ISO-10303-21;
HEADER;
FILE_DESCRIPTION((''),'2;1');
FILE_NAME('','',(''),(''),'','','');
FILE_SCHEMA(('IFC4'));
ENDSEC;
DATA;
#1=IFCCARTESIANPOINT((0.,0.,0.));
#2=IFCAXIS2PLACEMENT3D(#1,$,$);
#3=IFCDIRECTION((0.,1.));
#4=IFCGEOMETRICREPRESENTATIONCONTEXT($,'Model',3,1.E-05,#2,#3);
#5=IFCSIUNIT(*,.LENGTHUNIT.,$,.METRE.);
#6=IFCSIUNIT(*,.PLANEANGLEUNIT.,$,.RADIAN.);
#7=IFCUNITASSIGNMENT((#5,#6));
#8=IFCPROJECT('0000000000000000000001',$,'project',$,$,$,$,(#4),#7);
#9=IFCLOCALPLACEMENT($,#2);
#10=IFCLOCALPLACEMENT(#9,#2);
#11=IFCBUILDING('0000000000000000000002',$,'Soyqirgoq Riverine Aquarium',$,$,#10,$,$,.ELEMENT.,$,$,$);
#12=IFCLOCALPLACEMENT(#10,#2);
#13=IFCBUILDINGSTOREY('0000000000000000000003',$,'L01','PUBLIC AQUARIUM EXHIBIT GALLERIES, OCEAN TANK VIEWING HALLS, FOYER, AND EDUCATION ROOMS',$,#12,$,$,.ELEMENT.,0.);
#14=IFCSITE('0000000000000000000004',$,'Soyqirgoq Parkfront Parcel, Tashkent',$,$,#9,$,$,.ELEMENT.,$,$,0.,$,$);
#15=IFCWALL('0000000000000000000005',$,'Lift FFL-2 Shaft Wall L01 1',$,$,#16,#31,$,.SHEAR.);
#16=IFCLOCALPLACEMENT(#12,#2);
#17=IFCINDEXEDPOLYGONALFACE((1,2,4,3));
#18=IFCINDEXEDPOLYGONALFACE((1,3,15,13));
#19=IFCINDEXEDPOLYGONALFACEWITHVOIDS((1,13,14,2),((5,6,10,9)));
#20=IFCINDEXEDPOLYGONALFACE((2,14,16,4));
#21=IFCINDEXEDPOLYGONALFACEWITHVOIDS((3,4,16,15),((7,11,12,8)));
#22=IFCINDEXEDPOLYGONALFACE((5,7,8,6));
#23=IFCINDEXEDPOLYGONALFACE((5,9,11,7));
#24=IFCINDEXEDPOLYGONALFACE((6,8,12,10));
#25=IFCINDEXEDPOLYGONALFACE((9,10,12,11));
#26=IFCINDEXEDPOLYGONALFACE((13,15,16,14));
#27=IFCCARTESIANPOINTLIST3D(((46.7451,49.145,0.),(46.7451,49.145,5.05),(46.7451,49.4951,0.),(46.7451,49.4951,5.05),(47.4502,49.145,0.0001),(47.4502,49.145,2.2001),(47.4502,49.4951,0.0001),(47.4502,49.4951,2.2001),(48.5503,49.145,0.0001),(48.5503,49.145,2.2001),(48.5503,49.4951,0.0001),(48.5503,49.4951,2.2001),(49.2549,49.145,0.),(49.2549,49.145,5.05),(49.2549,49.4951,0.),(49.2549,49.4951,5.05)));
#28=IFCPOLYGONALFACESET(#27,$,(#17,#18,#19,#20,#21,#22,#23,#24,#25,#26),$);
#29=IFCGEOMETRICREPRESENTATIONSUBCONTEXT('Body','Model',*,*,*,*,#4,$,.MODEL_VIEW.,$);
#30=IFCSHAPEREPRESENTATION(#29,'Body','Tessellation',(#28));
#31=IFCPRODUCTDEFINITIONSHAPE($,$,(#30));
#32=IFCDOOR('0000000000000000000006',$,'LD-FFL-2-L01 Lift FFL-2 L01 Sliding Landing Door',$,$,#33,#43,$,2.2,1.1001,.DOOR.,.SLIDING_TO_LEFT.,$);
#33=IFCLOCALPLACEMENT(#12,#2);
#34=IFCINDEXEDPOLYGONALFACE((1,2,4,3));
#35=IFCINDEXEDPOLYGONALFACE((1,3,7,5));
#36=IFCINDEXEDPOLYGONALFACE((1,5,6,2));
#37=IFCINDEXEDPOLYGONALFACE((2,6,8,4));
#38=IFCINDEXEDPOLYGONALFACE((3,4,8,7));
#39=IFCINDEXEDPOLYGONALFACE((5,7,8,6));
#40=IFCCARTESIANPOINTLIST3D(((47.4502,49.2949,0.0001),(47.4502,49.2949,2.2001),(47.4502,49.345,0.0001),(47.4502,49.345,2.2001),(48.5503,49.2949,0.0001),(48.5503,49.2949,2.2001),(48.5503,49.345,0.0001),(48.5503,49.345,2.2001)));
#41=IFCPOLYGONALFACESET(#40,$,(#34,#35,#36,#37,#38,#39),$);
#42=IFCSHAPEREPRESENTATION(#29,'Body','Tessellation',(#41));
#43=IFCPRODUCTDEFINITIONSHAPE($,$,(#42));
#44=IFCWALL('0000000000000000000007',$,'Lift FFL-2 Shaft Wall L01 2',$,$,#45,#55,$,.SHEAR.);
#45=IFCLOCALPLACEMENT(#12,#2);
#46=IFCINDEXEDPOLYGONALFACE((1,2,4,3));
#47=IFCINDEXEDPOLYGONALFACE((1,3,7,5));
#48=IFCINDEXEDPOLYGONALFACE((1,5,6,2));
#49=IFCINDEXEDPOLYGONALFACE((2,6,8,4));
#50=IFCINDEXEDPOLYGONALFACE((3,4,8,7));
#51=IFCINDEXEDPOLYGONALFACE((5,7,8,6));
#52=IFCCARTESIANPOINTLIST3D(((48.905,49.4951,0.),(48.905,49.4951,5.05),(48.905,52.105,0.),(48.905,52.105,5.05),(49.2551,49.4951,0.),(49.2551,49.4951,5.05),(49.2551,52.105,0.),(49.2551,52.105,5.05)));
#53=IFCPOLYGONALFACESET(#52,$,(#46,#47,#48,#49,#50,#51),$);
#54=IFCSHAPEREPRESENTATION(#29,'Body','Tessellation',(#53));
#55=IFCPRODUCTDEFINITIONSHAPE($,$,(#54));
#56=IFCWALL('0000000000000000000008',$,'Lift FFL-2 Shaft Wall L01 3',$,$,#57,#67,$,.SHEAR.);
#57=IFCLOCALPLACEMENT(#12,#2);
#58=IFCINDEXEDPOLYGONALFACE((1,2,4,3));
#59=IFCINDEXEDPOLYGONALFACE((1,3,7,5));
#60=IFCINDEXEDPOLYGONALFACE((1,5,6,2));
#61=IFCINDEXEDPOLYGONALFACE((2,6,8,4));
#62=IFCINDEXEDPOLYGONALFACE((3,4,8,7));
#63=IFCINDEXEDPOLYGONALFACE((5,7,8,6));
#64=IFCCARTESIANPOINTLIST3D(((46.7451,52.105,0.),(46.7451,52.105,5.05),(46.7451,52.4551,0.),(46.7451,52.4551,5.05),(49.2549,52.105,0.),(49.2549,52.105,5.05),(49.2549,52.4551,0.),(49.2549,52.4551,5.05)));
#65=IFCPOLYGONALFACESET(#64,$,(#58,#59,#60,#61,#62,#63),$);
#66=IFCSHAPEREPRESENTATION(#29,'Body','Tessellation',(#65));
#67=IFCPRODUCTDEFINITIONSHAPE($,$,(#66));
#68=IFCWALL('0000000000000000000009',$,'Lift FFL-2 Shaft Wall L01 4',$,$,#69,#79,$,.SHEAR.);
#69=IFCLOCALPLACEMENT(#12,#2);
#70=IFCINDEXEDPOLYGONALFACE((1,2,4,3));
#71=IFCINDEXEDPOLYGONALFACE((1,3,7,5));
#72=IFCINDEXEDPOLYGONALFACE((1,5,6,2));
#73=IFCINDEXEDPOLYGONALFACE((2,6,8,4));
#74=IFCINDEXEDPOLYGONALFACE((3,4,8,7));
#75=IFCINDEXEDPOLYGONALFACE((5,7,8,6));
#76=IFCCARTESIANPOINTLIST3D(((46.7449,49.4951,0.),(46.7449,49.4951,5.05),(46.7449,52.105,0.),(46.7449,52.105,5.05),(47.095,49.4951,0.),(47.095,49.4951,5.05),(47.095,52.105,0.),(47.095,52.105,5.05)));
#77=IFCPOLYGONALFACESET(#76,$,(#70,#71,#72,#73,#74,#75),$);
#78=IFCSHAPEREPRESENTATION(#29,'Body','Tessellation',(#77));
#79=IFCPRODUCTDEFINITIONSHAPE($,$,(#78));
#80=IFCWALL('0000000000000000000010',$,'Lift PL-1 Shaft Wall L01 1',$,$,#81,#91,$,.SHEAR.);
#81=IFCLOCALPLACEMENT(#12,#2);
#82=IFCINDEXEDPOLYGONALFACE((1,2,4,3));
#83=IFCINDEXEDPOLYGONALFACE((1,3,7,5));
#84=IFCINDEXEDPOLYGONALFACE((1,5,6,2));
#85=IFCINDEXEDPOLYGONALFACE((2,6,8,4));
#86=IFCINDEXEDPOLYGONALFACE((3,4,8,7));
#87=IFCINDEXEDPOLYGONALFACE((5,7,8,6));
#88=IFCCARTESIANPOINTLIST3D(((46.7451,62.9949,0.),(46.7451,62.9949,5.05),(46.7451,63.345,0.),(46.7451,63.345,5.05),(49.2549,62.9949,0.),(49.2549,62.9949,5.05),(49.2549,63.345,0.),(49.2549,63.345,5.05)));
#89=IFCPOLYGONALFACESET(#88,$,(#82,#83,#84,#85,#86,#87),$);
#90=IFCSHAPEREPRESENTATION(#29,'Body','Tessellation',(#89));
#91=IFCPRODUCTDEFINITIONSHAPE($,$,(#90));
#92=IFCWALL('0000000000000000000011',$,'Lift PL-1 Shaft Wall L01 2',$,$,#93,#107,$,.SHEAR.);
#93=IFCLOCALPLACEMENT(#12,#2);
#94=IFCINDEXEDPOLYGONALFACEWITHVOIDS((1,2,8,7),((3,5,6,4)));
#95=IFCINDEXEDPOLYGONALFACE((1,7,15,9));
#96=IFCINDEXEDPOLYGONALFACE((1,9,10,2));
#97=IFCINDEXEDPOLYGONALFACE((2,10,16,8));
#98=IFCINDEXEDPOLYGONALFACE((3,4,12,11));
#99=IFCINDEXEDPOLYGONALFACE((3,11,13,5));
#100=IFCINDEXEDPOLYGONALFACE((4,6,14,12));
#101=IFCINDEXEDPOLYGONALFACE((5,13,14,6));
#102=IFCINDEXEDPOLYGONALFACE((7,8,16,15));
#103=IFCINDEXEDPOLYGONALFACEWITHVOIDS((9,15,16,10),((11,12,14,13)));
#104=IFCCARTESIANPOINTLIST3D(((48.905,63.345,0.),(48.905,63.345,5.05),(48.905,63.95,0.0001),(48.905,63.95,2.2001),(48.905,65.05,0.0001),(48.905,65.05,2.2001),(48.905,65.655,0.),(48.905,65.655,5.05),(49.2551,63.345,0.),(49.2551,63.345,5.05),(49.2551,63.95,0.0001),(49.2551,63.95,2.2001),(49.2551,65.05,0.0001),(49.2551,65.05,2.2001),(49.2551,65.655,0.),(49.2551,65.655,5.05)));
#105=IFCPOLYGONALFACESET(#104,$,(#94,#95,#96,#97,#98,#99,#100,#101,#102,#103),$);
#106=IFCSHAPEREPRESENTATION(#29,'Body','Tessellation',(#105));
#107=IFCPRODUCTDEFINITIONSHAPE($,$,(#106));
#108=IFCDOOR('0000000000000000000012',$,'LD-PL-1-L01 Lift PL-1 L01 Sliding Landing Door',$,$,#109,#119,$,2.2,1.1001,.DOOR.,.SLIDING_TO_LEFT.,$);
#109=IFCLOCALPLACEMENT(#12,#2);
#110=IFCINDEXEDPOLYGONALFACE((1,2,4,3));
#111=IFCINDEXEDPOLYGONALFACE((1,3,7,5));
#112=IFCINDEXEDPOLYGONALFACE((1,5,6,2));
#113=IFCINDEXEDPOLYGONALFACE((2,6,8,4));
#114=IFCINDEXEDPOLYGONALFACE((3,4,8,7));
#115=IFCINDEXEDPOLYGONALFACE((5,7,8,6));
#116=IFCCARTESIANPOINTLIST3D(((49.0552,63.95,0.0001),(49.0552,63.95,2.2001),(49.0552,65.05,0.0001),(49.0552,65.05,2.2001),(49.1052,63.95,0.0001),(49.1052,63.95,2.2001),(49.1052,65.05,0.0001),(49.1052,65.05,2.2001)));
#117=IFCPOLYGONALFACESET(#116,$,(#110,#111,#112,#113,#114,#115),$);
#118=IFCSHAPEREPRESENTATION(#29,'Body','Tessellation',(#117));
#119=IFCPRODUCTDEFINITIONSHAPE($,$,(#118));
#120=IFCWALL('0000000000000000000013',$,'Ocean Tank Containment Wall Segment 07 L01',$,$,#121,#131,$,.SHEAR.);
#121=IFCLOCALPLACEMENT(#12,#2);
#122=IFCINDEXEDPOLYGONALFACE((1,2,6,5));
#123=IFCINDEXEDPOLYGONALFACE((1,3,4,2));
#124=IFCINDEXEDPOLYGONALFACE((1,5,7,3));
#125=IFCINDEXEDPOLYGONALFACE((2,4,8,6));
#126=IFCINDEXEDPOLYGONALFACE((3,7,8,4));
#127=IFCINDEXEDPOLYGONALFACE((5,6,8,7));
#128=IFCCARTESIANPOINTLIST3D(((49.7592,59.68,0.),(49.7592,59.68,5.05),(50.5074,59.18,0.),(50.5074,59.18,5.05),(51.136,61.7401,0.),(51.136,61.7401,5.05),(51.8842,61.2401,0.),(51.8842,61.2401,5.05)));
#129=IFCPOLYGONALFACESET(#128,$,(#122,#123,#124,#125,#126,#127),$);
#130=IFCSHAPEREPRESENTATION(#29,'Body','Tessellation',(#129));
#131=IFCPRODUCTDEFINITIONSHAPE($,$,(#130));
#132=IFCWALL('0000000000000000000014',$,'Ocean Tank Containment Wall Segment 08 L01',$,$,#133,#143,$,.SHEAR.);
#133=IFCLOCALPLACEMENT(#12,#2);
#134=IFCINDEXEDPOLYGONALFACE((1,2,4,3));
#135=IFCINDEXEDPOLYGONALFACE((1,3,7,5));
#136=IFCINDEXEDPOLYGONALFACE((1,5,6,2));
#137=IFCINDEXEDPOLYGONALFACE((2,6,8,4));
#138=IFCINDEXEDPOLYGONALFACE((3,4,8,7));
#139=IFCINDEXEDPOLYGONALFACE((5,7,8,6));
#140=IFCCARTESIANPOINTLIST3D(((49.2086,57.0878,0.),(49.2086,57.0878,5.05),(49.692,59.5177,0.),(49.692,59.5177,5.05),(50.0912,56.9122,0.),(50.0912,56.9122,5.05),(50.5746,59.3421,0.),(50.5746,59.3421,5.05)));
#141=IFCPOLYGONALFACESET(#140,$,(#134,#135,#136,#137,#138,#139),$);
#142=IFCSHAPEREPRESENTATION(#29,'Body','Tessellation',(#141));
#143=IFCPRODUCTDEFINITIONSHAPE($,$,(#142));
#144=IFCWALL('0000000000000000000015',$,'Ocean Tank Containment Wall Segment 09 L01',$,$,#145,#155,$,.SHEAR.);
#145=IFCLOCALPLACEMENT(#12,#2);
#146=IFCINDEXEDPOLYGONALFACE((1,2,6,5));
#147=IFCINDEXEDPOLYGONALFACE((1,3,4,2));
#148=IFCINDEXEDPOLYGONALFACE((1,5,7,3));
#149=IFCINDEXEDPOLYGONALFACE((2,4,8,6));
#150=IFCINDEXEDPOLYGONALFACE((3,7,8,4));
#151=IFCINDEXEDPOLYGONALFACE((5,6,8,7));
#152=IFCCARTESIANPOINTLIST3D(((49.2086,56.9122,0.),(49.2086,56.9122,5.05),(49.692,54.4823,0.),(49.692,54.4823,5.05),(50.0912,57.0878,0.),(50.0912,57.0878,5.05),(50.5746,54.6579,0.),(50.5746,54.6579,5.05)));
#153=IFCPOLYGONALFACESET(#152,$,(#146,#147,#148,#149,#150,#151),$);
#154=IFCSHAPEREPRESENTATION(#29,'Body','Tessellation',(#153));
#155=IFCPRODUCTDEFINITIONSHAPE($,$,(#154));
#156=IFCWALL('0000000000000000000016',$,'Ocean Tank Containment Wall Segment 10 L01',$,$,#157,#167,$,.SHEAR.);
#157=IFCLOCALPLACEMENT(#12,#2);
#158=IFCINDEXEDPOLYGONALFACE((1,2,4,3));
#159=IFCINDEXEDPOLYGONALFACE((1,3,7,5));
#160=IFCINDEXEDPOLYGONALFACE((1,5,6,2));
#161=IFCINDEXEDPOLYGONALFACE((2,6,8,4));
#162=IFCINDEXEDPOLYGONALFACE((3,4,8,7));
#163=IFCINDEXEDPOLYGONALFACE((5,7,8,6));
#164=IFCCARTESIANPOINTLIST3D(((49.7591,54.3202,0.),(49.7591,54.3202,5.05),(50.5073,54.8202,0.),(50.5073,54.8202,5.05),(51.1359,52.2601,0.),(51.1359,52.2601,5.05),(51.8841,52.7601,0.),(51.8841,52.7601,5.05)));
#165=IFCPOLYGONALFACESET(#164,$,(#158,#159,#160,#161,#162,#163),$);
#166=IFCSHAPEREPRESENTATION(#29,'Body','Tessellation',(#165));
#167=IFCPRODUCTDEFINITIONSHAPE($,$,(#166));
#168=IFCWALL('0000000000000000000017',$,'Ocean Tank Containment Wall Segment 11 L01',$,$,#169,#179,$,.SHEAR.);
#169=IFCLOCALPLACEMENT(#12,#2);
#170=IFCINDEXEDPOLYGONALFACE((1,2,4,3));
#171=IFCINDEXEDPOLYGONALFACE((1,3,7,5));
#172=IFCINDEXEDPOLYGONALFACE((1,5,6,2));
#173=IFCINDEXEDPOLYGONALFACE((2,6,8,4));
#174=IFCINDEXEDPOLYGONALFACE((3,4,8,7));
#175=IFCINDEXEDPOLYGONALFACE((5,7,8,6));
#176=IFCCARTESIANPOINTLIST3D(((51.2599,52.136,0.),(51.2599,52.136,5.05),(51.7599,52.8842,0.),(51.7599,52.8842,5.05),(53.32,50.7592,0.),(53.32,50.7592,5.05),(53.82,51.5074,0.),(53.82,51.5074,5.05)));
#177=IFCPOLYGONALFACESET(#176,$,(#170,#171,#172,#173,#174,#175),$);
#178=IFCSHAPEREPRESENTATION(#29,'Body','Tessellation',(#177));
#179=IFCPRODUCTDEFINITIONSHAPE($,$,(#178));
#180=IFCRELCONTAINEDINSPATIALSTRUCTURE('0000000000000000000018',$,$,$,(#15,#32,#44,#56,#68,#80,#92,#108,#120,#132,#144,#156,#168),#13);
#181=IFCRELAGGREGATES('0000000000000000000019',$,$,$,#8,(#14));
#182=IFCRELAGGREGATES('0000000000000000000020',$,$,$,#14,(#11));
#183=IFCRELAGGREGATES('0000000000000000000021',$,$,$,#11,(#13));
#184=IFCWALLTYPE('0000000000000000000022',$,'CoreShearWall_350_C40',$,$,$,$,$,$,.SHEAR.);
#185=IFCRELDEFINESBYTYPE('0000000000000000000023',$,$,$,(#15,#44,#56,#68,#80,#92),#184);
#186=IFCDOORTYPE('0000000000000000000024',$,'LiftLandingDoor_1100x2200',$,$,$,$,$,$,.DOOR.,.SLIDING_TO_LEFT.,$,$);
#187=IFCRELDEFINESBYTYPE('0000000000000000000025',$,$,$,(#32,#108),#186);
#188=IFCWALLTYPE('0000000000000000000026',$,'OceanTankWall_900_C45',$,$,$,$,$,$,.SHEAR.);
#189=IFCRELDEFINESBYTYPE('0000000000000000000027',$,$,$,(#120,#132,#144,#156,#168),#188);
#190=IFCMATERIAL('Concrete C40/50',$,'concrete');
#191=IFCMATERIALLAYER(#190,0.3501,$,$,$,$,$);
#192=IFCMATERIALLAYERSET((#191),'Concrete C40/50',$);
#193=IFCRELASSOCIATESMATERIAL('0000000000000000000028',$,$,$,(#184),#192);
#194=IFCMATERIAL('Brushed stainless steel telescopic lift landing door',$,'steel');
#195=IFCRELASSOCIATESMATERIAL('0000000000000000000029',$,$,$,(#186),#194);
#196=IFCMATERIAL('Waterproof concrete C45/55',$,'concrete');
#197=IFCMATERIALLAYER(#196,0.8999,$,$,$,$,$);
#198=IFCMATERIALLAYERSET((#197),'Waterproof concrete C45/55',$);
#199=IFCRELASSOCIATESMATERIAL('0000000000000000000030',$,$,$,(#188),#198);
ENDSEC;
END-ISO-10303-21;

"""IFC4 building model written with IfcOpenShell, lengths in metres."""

from ifc_helpers import new_model, si_unit, direction, frame, frame_2d, origin, place, context, subcontext, project, spatial, rectangle, extrude, material, layer, layer_set, type_object, element, fill, save


model = new_model("IFC4")

# Units and contexts
model_context = context("Model", 3, precision=1e-05, world=origin(), true_north=direction((0.0, 1.0)))
body_context = subcontext(model_context, "Body", "Model", "MODEL_VIEW")
ifc_project = project(units=[si_unit("LENGTHUNIT", "METRE"), si_unit("PLANEANGLEUNIT", "RADIAN")], contexts=[model_context])

# Site, building, storey
site_placement = place(None, origin())
site = spatial("IfcSite", under=ifc_project, at=site_placement, Name="Soyqirgoq Parkfront Parcel, Tashkent", CompositionType="ELEMENT", RefElevation=0.0)
building_placement = place(site_placement, origin())
building = spatial("IfcBuilding", under=site, at=building_placement, Name="Soyqirgoq Riverine Aquarium", CompositionType="ELEMENT")
storey_placement = place(building_placement, origin())
storey = spatial("IfcBuildingStorey", under=building, at=storey_placement, Name="L01", Description="PUBLIC AQUARIUM EXHIBIT GALLERIES, OCEAN TANK VIEWING HALLS, FOYER, AND EDUCATION ROOMS", CompositionType="ELEMENT", Elevation=0.0)

# Shared definitions
ifc_material_1 = material(Name="Concrete C40/50", Category="concrete")
ifc_layer_1 = layer(ifc_material_1, 0.3501)
ifc_layer_set_1 = layer_set([ifc_layer_1], Name="Concrete C40/50")
wall_type_1 = type_object("IfcWallType", Name="CoreShearWall_350_C40", PredefinedType="SHEAR", material=ifc_layer_set_1)

# Wall, opening, door
wall_1_placement = place(storey_placement, frame((46.7451, 49.3201, 0.0), z_axis=(0.0, 0.0, 1.0), x_axis=(1.0, 0.0, 0.0)))
wall_1 = element("IfcWall", 1, at=wall_1_placement, inside=storey, type_object=wall_type_1, Name="Lift FFL-2 Shaft Wall L01 1", PredefinedType="SHEAR", context=body_context, shape_type="SweptSolid", body=[
    extrude(rectangle(XDim=2.5098, YDim=0.3501, at=frame_2d((1.2549, 0.0))), origin(), (0.0, 0.0, 1.0), 5.05),
])
opening_1_placement = place(wall_1_placement, frame((0.7051, 0.0, 0.0)))
opening_1 = element("IfcOpeningElement", 2, at=opening_1_placement, cuts=wall_1, PredefinedType="OPENING", context=body_context, shape_type="SweptSolid", body=[
    extrude(rectangle(XDim=1.1001, YDim=2.2, at=frame_2d((0.55, 1.1001))), frame((0.0, 0.1851, 0.0), z_axis=(0.0, -1.0, 0.0), x_axis=(1.0, 0.0, 0.0)), (0.0, 0.0, 1.0), 0.3701),
])
ifc_material_2 = material(Name="Brushed stainless steel telescopic lift landing door", Category="steel")
door_type_1 = type_object("IfcDoorType", Name="LiftLandingDoor_1100x2200", OperationType="SLIDING_TO_LEFT", PredefinedType="DOOR", material=ifc_material_2)
door_1_placement = place(opening_1_placement, origin())
door_1 = element("IfcDoor", 3, at=door_1_placement, inside=storey, type_object=door_type_1, Name="LD-FFL-2-L01 Lift FFL-2 L01 Sliding Landing Door", OperationType="SLIDING_TO_LEFT", OverallHeight=2.2, OverallWidth=1.1001, PredefinedType="DOOR", context=body_context, shape_type="SweptSolid", body=[
    extrude(rectangle(XDim=1.1001, YDim=2.2, at=frame_2d((0.55, 1.1001))), frame((0.0, 0.0249, 0.0), z_axis=(0.0, -1.0, 0.0), x_axis=(1.0, 0.0, 0.0)), (0.0, 0.0, 1.0), 0.05),
])
fill(opening_1, door_1)

# Walls
wall_2_placement = place(storey_placement, frame((49.0801, 49.4951, 0.0), z_axis=(0.0, 0.0, 1.0), x_axis=(0.0, 1.0, 0.0)))
element("IfcWall", 4, at=wall_2_placement, inside=storey, type_object=wall_type_1, Name="Lift FFL-2 Shaft Wall L01 2", PredefinedType="SHEAR", context=body_context, shape_type="SweptSolid", body=[
    extrude(rectangle(XDim=2.6099, YDim=0.3501, at=frame_2d((1.3049, 0.0))), origin(), (0.0, 0.0, 1.0), 5.05),
])
wall_3_placement = place(storey_placement, frame((49.2549, 52.28, 0.0), z_axis=(0.0, 0.0, 1.0), x_axis=(-1.0, 0.0, 0.0)))
element("IfcWall", 5, at=wall_3_placement, inside=storey, type_object=wall_type_1, Name="Lift FFL-2 Shaft Wall L01 3", PredefinedType="SHEAR", context=body_context, shape_type="SweptSolid", body=[
    extrude(rectangle(XDim=2.5098, YDim=0.3501, at=frame_2d((1.2549, 0.0))), origin(), (0.0, 0.0, 1.0), 5.05),
])
wall_4_placement = place(storey_placement, frame((46.9199, 52.105, 0.0), z_axis=(0.0, 0.0, 1.0), x_axis=(0.0, -1.0, 0.0)))
element("IfcWall", 6, at=wall_4_placement, inside=storey, type_object=wall_type_1, Name="Lift FFL-2 Shaft Wall L01 4", PredefinedType="SHEAR", context=body_context, shape_type="SweptSolid", body=[
    extrude(rectangle(XDim=2.6099, YDim=0.3501, at=frame_2d((1.3049, 0.0))), origin(), (0.0, 0.0, 1.0), 5.05),
])
wall_5_placement = place(storey_placement, frame((46.7451, 63.1699, 0.0), z_axis=(0.0, 0.0, 1.0), x_axis=(1.0, 0.0, 0.0)))
element("IfcWall", 7, at=wall_5_placement, inside=storey, type_object=wall_type_1, Name="Lift PL-1 Shaft Wall L01 1", PredefinedType="SHEAR", context=body_context, shape_type="SweptSolid", body=[
    extrude(rectangle(XDim=2.5098, YDim=0.3501, at=frame_2d((1.2549, 0.0))), origin(), (0.0, 0.0, 1.0), 5.05),
])

# Wall, opening, door
wall_6_placement = place(storey_placement, frame((49.0801, 63.345, 0.0), z_axis=(0.0, 0.0, 1.0), x_axis=(0.0, 1.0, 0.0)))
wall_6 = element("IfcWall", 8, at=wall_6_placement, inside=storey, type_object=wall_type_1, Name="Lift PL-1 Shaft Wall L01 2", PredefinedType="SHEAR", context=body_context, shape_type="SweptSolid", body=[
    extrude(rectangle(XDim=2.3101, YDim=0.3501, at=frame_2d((1.155, 0.0))), origin(), (0.0, 0.0, 1.0), 5.05),
])
opening_2_placement = place(wall_6_placement, frame((0.605, 0.0, 0.0)))
opening_2 = element("IfcOpeningElement", 9, at=opening_2_placement, cuts=wall_6, PredefinedType="OPENING", context=body_context, shape_type="SweptSolid", body=[
    extrude(rectangle(XDim=1.1001, YDim=2.2, at=frame_2d((0.55, 1.1001))), frame((0.0, 0.1851, 0.0), z_axis=(0.0, -1.0, 0.0), x_axis=(1.0, 0.0, 0.0)), (0.0, 0.0, 1.0), 0.3701),
])
door_2_placement = place(opening_2_placement, origin())
door_2 = element("IfcDoor", 10, at=door_2_placement, inside=storey, type_object=door_type_1, Name="LD-PL-1-L01 Lift PL-1 L01 Sliding Landing Door", OperationType="SLIDING_TO_LEFT", OverallHeight=2.2, OverallWidth=1.1001, PredefinedType="DOOR", context=body_context, shape_type="SweptSolid", body=[
    extrude(rectangle(XDim=1.1001, YDim=2.2, at=frame_2d((0.55, 1.1001))), frame((0.0, 0.0249, 0.0), z_axis=(0.0, -1.0, 0.0), x_axis=(1.0, 0.0, 0.0)), (0.0, 0.0, 1.0), 0.05),
])
fill(opening_2, door_2)

# Walls
ifc_material_3 = material(Name="Waterproof concrete C45/55", Category="concrete")
ifc_layer_2 = layer(ifc_material_3, 0.8999)
ifc_layer_set_2 = layer_set([ifc_layer_2], Name="Waterproof concrete C45/55")
wall_type_2 = type_object("IfcWallType", Name="OceanTankWall_900_C45", PredefinedType="SHEAR", material=ifc_layer_set_2)
wall_7_placement = place(storey_placement, frame((51.51, 61.49, 0.0), z_axis=(0.0, 0.0, 1.0), x_axis=(-0.555632, -0.831428, 0.0)))
element("IfcWall", 11, at=wall_7_placement, inside=storey, type_object=wall_type_2, Name="Ocean Tank Containment Wall Segment 07 L01", PredefinedType="SHEAR", context=body_context, shape_type="SweptSolid", body=[
    extrude(rectangle(XDim=2.4778, YDim=0.8999, at=frame_2d((1.2388, 0.0))), origin(), (0.0, 0.0, 1.0), 5.05),
])
for number, where, z_axis, x_axis, name in (
    (12, (50.1333, 59.4299, 0.0), (0.0, 0.0, 1.0), (-0.195112, -0.980781, 0.0), "Ocean Tank Containment Wall Segment 08 L01"),
    (13, (49.6499, 57.0, 0.0), (0.0, 0.0, 1.0), (0.195112, -0.980781, 0.0), "Ocean Tank Containment Wall Segment 09 L01"),
):
    element("IfcWall", number, at=place(storey_placement, frame(where, z_axis=z_axis, x_axis=x_axis)), inside=storey, type_object=wall_type_2, Name=name, PredefinedType="SHEAR", context=body_context, shape_type="SweptSolid", body=[
        extrude(rectangle(XDim=2.4775, YDim=0.8999, at=frame_2d((1.2388, 0.0))), origin(), (0.0, 0.0, 1.0), 5.05),
    ])
for number, where, z_axis, x_axis, name in (
    (14, (50.1333, 54.5701, 0.0), (0.0, 0.0, 1.0), (0.555632, -0.831428, 0.0), "Ocean Tank Containment Wall Segment 10 L01"),
    (15, (51.51, 52.51, 0.0), (0.0, 0.0, 1.0), (0.831428, -0.555632, 0.0), "Ocean Tank Containment Wall Segment 11 L01"),
):
    element("IfcWall", number, at=place(storey_placement, frame(where, z_axis=z_axis, x_axis=x_axis)), inside=storey, type_object=wall_type_2, Name=name, PredefinedType="SHEAR", context=body_context, shape_type="SweptSolid", body=[
        extrude(rectangle(XDim=2.4778, YDim=0.8999, at=frame_2d((1.2388, 0.0))), origin(), (0.0, 0.0, 1.0), 5.05),
    ])

save(model, "model.ifc")
